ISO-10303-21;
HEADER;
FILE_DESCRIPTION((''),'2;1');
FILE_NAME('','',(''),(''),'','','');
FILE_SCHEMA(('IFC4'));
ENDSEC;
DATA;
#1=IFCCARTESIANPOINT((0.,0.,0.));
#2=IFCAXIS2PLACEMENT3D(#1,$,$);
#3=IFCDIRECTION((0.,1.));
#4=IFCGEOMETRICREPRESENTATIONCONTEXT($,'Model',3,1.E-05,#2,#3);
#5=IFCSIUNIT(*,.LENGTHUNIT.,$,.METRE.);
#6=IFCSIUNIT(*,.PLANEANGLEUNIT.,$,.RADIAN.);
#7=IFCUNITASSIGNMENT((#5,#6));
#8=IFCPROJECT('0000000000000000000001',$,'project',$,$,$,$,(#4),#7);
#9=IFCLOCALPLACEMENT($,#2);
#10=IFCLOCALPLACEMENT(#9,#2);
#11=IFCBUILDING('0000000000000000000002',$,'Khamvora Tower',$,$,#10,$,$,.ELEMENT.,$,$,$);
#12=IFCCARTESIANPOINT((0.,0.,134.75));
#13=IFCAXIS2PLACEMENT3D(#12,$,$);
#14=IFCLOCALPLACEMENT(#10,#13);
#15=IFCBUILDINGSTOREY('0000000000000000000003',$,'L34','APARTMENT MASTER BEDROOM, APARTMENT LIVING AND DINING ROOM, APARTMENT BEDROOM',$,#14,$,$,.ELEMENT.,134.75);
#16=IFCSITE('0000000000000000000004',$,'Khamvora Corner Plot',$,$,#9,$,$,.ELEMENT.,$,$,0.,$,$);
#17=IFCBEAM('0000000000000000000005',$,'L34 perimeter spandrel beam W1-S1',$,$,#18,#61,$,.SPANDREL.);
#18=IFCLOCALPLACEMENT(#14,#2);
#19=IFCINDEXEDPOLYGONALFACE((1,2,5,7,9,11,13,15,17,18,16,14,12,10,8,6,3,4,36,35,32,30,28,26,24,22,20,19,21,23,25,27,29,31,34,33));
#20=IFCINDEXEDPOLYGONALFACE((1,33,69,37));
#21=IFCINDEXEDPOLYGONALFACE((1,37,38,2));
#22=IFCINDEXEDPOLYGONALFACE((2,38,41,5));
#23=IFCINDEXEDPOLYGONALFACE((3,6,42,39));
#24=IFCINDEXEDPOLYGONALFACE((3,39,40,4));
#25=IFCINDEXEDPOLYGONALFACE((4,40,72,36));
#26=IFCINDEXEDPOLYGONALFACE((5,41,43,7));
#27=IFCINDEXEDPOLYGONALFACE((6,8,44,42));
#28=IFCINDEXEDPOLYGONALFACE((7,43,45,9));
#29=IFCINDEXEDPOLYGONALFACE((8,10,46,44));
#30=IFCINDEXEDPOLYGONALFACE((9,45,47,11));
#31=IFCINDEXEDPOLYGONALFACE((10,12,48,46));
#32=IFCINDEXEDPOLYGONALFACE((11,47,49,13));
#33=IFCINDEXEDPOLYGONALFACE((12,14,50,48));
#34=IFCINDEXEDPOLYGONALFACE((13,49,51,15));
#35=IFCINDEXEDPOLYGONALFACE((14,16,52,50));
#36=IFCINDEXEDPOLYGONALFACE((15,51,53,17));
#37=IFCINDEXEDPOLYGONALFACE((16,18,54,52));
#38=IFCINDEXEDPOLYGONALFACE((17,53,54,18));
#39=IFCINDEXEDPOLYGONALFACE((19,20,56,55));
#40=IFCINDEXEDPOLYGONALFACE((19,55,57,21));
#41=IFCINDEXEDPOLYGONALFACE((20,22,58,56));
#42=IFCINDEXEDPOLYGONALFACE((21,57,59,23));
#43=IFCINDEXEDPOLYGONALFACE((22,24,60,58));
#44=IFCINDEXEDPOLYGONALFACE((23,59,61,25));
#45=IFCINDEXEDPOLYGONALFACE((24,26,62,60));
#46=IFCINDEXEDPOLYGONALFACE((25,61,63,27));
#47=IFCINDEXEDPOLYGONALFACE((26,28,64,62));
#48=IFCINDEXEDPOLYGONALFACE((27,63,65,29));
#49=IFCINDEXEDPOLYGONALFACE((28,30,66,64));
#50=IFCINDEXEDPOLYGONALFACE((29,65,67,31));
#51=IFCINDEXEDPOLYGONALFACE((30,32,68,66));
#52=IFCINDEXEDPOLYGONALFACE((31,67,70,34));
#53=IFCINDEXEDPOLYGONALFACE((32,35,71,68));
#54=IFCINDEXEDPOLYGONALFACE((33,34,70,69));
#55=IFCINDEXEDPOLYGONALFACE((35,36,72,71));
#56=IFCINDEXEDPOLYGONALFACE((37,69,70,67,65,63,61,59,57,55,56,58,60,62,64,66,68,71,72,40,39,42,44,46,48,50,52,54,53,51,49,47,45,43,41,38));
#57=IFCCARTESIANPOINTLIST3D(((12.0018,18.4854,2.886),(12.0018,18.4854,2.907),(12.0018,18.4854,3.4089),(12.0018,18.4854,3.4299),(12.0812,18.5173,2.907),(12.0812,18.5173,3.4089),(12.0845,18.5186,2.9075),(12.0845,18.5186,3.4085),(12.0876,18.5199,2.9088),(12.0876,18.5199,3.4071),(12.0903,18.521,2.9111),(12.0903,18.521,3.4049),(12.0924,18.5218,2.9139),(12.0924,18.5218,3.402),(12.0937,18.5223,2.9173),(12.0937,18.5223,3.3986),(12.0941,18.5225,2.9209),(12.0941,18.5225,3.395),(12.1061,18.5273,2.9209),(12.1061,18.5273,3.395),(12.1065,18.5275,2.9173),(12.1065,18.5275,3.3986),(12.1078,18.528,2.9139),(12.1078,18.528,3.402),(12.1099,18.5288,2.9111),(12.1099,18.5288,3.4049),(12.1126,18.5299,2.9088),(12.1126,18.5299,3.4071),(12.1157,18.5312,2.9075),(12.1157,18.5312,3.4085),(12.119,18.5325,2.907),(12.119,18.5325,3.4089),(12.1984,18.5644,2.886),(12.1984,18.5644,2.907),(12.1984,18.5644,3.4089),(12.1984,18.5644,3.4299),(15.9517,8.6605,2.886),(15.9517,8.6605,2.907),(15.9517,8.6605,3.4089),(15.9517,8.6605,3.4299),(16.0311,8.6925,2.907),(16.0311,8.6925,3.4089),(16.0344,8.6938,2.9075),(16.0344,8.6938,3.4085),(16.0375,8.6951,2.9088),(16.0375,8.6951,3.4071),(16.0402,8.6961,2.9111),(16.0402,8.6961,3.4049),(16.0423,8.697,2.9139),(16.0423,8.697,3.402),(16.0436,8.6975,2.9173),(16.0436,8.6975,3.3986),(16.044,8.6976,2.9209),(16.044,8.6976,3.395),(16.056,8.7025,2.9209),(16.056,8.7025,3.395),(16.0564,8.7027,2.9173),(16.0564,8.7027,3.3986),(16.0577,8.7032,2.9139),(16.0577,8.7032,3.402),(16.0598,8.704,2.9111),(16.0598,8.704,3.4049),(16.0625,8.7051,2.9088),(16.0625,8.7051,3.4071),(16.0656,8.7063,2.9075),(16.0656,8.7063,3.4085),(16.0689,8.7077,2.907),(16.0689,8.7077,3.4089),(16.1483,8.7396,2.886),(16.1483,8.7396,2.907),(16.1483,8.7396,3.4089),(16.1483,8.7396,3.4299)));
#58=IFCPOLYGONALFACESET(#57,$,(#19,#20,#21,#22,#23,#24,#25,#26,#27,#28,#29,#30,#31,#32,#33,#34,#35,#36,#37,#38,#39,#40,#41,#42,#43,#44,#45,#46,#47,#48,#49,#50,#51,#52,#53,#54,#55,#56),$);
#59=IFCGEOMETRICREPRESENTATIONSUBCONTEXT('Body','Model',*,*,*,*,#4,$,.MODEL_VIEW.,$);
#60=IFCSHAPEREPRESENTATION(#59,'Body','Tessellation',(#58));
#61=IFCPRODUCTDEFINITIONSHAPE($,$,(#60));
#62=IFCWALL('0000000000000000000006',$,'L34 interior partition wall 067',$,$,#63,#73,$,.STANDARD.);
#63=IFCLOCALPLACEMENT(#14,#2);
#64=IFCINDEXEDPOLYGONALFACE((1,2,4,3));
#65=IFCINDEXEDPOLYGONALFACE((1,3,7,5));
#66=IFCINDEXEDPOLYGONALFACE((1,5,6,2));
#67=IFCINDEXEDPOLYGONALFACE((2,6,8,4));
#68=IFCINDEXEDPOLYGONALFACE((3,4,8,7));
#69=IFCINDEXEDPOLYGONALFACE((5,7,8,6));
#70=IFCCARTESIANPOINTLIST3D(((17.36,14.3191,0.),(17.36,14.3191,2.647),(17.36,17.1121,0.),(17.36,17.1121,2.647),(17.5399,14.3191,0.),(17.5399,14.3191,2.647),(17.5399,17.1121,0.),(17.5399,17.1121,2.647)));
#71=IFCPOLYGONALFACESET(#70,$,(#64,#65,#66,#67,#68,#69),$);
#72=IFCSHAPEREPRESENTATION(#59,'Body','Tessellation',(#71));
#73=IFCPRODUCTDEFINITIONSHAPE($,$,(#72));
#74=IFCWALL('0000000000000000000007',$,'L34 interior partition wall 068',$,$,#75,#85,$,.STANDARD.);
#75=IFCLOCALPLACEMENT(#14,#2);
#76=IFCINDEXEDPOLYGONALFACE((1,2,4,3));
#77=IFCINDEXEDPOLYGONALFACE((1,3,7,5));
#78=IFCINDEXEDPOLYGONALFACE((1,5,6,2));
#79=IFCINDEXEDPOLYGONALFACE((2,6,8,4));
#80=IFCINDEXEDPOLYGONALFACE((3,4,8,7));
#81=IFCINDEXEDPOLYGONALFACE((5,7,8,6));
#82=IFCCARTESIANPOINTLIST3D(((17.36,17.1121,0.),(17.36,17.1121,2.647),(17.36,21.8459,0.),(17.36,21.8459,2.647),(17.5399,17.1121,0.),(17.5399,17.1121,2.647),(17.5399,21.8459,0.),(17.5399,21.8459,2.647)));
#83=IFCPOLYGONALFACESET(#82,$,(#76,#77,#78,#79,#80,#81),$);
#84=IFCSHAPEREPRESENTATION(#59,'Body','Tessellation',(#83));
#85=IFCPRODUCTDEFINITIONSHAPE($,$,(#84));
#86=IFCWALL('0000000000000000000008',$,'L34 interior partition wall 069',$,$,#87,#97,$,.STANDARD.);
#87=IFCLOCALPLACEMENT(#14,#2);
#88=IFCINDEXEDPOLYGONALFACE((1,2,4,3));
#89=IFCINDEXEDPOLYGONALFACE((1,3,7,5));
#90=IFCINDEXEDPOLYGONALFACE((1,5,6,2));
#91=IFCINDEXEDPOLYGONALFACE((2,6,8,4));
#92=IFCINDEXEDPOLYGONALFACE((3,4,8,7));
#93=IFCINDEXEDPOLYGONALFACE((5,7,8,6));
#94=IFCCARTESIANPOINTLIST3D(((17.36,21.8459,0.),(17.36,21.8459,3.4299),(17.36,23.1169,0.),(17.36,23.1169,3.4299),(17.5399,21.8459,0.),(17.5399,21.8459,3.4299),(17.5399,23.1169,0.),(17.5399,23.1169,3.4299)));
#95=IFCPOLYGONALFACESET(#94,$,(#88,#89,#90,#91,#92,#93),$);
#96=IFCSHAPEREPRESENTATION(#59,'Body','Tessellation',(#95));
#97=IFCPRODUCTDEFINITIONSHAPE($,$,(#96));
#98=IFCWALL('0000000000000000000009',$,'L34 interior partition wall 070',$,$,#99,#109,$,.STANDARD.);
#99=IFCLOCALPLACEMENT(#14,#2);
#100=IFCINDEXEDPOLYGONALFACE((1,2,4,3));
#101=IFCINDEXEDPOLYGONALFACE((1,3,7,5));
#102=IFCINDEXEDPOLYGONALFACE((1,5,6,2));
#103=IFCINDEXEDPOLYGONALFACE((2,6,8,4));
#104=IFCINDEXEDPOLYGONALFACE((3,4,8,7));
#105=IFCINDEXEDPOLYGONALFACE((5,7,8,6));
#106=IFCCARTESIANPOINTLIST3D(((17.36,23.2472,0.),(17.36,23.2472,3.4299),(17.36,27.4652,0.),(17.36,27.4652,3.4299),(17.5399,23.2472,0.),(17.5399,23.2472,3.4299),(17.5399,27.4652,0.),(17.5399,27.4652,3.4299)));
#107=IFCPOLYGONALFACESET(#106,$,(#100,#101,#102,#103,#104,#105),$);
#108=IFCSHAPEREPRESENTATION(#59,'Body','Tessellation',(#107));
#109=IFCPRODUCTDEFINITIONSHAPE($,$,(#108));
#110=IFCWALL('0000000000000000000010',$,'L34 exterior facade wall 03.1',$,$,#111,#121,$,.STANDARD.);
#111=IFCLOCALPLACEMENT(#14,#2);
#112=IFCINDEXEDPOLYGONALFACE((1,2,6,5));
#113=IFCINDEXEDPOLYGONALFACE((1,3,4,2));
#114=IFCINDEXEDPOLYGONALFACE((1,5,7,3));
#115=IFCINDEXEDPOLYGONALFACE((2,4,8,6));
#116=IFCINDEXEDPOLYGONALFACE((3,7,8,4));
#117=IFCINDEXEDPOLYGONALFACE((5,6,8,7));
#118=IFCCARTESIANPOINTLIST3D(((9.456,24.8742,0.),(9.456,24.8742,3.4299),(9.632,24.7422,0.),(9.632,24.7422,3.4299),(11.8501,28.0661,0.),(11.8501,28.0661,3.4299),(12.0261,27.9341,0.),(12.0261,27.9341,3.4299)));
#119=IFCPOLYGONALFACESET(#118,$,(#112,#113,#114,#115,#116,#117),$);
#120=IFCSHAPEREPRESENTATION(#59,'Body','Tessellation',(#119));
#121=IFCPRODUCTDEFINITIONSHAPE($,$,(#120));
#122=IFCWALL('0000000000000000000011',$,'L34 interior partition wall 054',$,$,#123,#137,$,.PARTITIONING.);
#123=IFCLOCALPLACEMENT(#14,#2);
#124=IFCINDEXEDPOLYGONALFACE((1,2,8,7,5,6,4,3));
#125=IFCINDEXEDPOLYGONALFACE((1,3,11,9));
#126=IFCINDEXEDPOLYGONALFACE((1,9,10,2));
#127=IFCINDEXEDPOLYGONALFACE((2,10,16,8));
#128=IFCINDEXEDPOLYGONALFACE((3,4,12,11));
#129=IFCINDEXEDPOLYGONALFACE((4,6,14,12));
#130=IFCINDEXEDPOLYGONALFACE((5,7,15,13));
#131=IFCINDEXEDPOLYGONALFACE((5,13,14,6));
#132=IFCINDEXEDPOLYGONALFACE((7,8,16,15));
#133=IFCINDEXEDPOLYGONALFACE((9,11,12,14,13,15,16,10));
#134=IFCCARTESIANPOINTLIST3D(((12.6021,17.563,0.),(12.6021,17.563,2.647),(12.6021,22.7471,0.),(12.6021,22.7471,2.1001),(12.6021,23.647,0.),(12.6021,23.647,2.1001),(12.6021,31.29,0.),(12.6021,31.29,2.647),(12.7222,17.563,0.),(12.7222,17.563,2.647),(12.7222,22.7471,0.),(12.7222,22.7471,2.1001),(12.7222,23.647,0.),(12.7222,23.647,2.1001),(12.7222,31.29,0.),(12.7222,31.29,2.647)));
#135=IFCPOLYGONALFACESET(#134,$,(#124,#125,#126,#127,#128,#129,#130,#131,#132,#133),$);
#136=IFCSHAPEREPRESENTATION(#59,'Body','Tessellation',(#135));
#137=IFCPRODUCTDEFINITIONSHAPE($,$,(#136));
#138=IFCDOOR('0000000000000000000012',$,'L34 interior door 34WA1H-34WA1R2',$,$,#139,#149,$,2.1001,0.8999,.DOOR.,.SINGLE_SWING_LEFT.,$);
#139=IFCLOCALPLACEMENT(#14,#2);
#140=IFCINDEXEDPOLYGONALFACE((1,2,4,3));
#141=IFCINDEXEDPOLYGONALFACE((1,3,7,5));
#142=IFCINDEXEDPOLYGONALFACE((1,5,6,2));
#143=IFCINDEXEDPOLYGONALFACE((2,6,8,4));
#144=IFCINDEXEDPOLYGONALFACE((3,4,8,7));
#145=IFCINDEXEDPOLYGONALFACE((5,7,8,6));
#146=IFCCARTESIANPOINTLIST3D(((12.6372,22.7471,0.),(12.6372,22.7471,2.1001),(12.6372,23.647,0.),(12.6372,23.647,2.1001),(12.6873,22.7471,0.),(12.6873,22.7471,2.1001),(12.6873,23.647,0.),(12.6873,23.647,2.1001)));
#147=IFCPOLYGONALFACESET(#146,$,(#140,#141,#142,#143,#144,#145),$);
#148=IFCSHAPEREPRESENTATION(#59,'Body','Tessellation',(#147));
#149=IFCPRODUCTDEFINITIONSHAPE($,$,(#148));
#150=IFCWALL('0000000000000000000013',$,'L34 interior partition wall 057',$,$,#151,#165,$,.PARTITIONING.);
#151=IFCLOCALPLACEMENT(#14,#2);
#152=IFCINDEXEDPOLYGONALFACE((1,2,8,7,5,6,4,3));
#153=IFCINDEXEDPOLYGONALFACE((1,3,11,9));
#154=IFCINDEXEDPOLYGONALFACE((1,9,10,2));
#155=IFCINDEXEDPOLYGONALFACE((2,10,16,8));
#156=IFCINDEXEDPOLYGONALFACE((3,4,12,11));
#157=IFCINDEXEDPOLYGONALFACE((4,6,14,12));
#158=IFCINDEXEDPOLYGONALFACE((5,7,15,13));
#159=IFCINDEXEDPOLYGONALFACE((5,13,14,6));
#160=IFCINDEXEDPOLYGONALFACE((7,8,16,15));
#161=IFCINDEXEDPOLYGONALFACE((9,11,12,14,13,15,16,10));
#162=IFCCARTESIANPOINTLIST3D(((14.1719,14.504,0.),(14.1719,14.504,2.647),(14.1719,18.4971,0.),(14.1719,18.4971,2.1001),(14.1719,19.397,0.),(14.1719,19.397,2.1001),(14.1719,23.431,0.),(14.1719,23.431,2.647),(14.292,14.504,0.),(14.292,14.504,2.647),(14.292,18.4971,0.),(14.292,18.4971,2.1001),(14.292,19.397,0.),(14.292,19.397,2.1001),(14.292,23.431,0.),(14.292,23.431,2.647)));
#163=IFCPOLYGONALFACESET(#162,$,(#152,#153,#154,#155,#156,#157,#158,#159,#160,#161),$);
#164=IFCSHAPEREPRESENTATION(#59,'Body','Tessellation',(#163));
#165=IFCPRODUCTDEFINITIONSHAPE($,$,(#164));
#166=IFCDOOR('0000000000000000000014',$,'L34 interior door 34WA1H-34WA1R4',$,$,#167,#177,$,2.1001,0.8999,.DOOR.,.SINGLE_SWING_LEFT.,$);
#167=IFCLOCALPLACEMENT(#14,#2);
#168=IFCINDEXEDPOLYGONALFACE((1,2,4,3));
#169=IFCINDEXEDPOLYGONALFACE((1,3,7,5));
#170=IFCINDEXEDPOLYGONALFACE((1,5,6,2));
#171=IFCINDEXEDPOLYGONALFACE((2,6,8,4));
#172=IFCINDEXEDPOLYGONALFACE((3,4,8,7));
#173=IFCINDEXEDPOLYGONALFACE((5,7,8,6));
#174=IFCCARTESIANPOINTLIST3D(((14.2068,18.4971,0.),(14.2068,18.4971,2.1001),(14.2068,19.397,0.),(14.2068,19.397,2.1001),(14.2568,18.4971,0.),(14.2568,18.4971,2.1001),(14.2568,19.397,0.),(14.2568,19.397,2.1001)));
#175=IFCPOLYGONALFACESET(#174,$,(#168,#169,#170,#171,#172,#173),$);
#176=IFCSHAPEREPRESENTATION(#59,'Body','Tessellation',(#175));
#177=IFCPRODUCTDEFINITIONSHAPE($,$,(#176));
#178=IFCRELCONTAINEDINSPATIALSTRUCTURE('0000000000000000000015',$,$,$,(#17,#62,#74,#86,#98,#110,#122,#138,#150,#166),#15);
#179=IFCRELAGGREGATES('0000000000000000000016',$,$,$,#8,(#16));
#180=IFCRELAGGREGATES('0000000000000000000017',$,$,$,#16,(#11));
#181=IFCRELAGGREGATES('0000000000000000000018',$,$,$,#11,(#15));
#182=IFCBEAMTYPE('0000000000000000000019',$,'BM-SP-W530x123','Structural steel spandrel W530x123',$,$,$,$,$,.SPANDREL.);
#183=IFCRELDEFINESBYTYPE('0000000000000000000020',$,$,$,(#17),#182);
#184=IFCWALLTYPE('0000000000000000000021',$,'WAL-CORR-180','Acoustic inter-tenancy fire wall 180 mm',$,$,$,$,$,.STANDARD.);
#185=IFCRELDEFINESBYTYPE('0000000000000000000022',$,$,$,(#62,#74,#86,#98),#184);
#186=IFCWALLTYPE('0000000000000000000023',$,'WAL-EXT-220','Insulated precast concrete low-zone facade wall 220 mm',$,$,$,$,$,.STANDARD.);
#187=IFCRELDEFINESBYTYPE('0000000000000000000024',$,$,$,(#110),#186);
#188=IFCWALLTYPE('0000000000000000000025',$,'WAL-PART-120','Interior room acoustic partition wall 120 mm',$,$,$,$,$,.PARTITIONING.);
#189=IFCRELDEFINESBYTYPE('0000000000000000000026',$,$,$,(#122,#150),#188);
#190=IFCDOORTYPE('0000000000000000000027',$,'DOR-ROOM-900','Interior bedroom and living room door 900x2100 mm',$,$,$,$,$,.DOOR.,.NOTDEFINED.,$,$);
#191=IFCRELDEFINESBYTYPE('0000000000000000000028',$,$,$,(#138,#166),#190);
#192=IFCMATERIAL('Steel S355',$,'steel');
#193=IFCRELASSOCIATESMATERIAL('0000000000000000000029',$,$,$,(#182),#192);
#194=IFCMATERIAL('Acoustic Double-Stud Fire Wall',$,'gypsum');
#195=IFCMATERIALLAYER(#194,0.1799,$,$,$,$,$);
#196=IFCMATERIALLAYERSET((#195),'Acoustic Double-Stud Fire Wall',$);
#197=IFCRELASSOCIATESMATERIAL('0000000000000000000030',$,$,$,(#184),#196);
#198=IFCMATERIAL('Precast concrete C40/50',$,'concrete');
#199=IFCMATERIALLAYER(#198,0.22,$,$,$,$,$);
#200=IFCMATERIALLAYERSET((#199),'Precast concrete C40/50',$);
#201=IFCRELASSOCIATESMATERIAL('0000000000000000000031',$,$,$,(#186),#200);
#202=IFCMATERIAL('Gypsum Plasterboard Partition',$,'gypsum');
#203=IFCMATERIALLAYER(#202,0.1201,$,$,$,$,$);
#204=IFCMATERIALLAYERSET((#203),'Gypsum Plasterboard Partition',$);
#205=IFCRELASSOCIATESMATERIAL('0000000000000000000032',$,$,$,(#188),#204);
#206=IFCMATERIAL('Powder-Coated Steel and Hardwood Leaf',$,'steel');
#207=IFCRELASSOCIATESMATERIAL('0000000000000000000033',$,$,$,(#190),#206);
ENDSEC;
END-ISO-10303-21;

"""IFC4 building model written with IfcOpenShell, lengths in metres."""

from ifc_helpers import new_model, si_unit, direction, frame, frame_2d, origin, origin_2d, place, context, subcontext, project, spatial, rectangle, i_section, extrude, material, layer, layer_set, material_profile, profile_set, type_object, element, fill, save


model = new_model("IFC4")

# Units and contexts
model_context = context("Model", 3, precision=1e-05, world=origin(), true_north=direction((0.0, 1.0)))
body_context = subcontext(model_context, "Body", "Model", "MODEL_VIEW")
ifc_project = project(units=[si_unit("LENGTHUNIT", "METRE"), si_unit("PLANEANGLEUNIT", "RADIAN")], contexts=[model_context])

# Site, building, storey
site_placement = place(None, origin())
site = spatial("IfcSite", under=ifc_project, at=site_placement, Name="Khamvora Corner Plot", CompositionType="ELEMENT", RefElevation=0.0)
building_placement = place(site_placement, origin())
building = spatial("IfcBuilding", under=site, at=building_placement, Name="Khamvora Tower", CompositionType="ELEMENT")
storey_placement = place(building_placement, frame((0.0, 0.0, 134.75)))
storey = spatial("IfcBuildingStorey", under=building, at=storey_placement, Name="L34", Description="APARTMENT MASTER BEDROOM, APARTMENT LIVING AND DINING ROOM, APARTMENT BEDROOM", CompositionType="ELEMENT", Elevation=134.75)

# Shared definitions
ifc_material_1 = material(Name="Steel S355", Category="steel")

# Beam
ifc_material_profile_1 = material_profile(ifc_material_1, i_section(OverallWidth=0.2119, OverallDepth=0.5439, WebThickness=0.0129, FlangeThickness=0.021, FilletRadius=0.0139, at=origin_2d()), Name="W530x123")
ifc_profile_set_1 = profile_set([ifc_material_profile_1], Name="Steel S355")
beam_type_1 = type_object("IfcBeamType", Name="BM-SP-W530x123", Description="Structural steel spandrel W530x123", PredefinedType="SPANDREL", material=ifc_profile_set_1)
beam_1_placement = place(storey_placement, frame((12.1001, 18.5249, 3.158), z_axis=(0.373016, -0.927825, 0.0), x_axis=(0.927825, 0.373016, 0.0)))
element("IfcBeam", 1, at=beam_1_placement, inside=storey, type_object=beam_type_1, Name="L34 perimeter spandrel beam W1-S1", PredefinedType="SPANDREL", context=body_context, shape_type="SweptSolid", body=[
    extrude(i_section(OverallWidth=0.2119, OverallDepth=0.5439, WebThickness=0.0129, FlangeThickness=0.021, FilletRadius=0.0139, at=origin_2d()), origin(), (0.0, 0.0, 1.0), 10.5891),
])

# Walls
ifc_material_2 = material(Name="Acoustic Double-Stud Fire Wall", Category="gypsum")
ifc_layer_1 = layer(ifc_material_2, 0.1799)
ifc_layer_set_1 = layer_set([ifc_layer_1], Name="Acoustic Double-Stud Fire Wall")
wall_type_1 = type_object("IfcWallType", Name="WAL-CORR-180", Description="Acoustic inter-tenancy fire wall 180 mm", PredefinedType="STANDARD", material=ifc_layer_set_1)
wall_1_placement = place(storey_placement, frame((17.45, 17.1121, 0.0), z_axis=(0.0, 0.0, 1.0), x_axis=(0.0, -1.0, 0.0)))
element("IfcWall", 2, at=wall_1_placement, inside=storey, type_object=wall_type_1, Name="L34 interior partition wall 067", PredefinedType="STANDARD", context=body_context, shape_type="SweptSolid", body=[
    extrude(rectangle(XDim=2.793, YDim=0.1799, at=frame_2d((1.3965, 0.0))), origin(), (0.0, 0.0, 1.0), 2.647),
])
wall_2_placement = place(storey_placement, frame((17.45, 21.8459, 0.0), z_axis=(0.0, 0.0, 1.0), x_axis=(0.0, -1.0, 0.0)))
element("IfcWall", 3, at=wall_2_placement, inside=storey, type_object=wall_type_1, Name="L34 interior partition wall 068", PredefinedType="STANDARD", context=body_context, shape_type="SweptSolid", body=[
    extrude(rectangle(XDim=4.7339, YDim=0.1799, at=frame_2d((2.3669, 0.0))), origin(), (0.0, 0.0, 1.0), 2.647),
])
wall_3_placement = place(storey_placement, frame((17.45, 23.1169, 0.0), z_axis=(0.0, 0.0, 1.0), x_axis=(0.0, -1.0, 0.0)))
element("IfcWall", 4, at=wall_3_placement, inside=storey, type_object=wall_type_1, Name="L34 interior partition wall 069", PredefinedType="STANDARD", context=body_context, shape_type="SweptSolid", body=[
    extrude(rectangle(XDim=1.271, YDim=0.1799, at=frame_2d((0.6355, 0.0))), origin(), (0.0, 0.0, 1.0), 3.4299),
])
wall_4_placement = place(storey_placement, frame((17.45, 27.4651, 0.0), z_axis=(0.0, 0.0, 1.0), x_axis=(0.0, -1.0, 0.0)))
element("IfcWall", 5, at=wall_4_placement, inside=storey, type_object=wall_type_1, Name="L34 interior partition wall 070", PredefinedType="STANDARD", context=body_context, shape_type="SweptSolid", body=[
    extrude(rectangle(XDim=4.218, YDim=0.1799, at=frame_2d((2.1089, 0.0))), origin(), (0.0, 0.0, 1.0), 3.4299),
])
ifc_material_3 = material(Name="Precast concrete C40/50", Category="concrete")
ifc_layer_2 = layer(ifc_material_3, 0.22)
ifc_layer_set_2 = layer_set([ifc_layer_2], Name="Precast concrete C40/50")
wall_type_2 = type_object("IfcWallType", Name="WAL-EXT-220", Description="Insulated precast concrete low-zone facade wall 220 mm", PredefinedType="STANDARD", material=ifc_layer_set_2)
wall_5_placement = place(storey_placement, frame((9.5439, 24.8081, 0.0), z_axis=(0.0, 0.0, 1.0), x_axis=(0.60002, 0.799985, 0.0)))
element("IfcWall", 6, at=wall_5_placement, inside=storey, type_object=wall_type_2, Name="L34 exterior facade wall 03.1", PredefinedType="STANDARD", context=body_context, shape_type="SweptSolid", body=[
    extrude(rectangle(XDim=3.99, YDim=0.22, at=frame_2d((1.9951, 0.0))), origin(), (0.0, 0.0, 1.0), 3.4299),
])

# Walls, openings, doors
ifc_material_4 = material(Name="Gypsum Plasterboard Partition", Category="gypsum")
ifc_layer_3 = layer(ifc_material_4, 0.1201)
ifc_layer_set_3 = layer_set([ifc_layer_3], Name="Gypsum Plasterboard Partition")
wall_type_3 = type_object("IfcWallType", Name="WAL-PART-120", Description="Interior room acoustic partition wall 120 mm", PredefinedType="PARTITIONING", material=ifc_layer_set_3)
wall_6_placement = place(storey_placement, frame((12.6621, 17.563, 0.0), z_axis=(0.0, 0.0, 1.0), x_axis=(0.0, 1.0, 0.0)))
wall_6 = element("IfcWall", 7, at=wall_6_placement, inside=storey, type_object=wall_type_3, Name="L34 interior partition wall 054", PredefinedType="PARTITIONING", context=body_context, shape_type="SweptSolid", body=[
    extrude(rectangle(XDim=13.7271, YDim=0.1201, at=frame_2d((6.8635, 0.0))), origin(), (0.0, 0.0, 1.0), 2.647),
])
opening_1_placement = place(wall_6_placement, frame((5.1841, 0.0, 0.0)))
opening_1 = element("IfcOpeningElement", 8, at=opening_1_placement, cuts=wall_6, PredefinedType="OPENING", context=body_context, shape_type="SweptSolid", body=[
    extrude(rectangle(XDim=0.8999, YDim=2.1001, at=frame_2d((0.45, 1.05))), frame((0.0, 0.0701, 0.0), z_axis=(0.0, -1.0, 0.0), x_axis=(1.0, 0.0, 0.0)), (0.0, 0.0, 1.0), 0.1401),
])
ifc_material_5 = material(Name="Powder-Coated Steel and Hardwood Leaf", Category="steel")
door_type = type_object("IfcDoorType", Name="DOR-ROOM-900", Description="Interior bedroom and living room door 900x2100 mm", OperationType="NOTDEFINED", PredefinedType="DOOR", material=ifc_material_5)
door_1_placement = place(opening_1_placement, origin())
door_1 = element("IfcDoor", 9, at=door_1_placement, inside=storey, type_object=door_type, Name="L34 interior door 34WA1H-34WA1R2", OperationType="SINGLE_SWING_LEFT", OverallHeight=2.1001, OverallWidth=0.8999, PredefinedType="DOOR", context=body_context, shape_type="SweptSolid", body=[
    extrude(rectangle(XDim=0.8999, YDim=2.1001, at=frame_2d((0.45, 1.05))), frame((0.0, 0.0249, 0.0), z_axis=(0.0, -1.0, 0.0), x_axis=(1.0, 0.0, 0.0)), (0.0, 0.0, 1.0), 0.05),
])
fill(opening_1, door_1)
wall_7_placement = place(storey_placement, frame((14.2319, 23.4309, 0.0), z_axis=(0.0, 0.0, 1.0), x_axis=(0.0, -1.0, 0.0)))
wall_7 = element("IfcWall", 10, at=wall_7_placement, inside=storey, type_object=wall_type_3, Name="L34 interior partition wall 057", PredefinedType="PARTITIONING", context=body_context, shape_type="SweptSolid", body=[
    extrude(rectangle(XDim=8.927, YDim=0.1201, at=frame_2d((4.4634, 0.0))), origin(), (0.0, 0.0, 1.0), 2.647),
])
opening_2_placement = place(wall_7_placement, frame((4.0339, 0.0, 0.0)))
opening_2 = element("IfcOpeningElement", 11, at=opening_2_placement, cuts=wall_7, PredefinedType="OPENING", context=body_context, shape_type="SweptSolid", body=[
    extrude(rectangle(XDim=0.8999, YDim=2.1001, at=frame_2d((0.45, 1.05))), frame((0.0, 0.0701, 0.0), z_axis=(0.0, -1.0, 0.0), x_axis=(1.0, 0.0, 0.0)), (0.0, 0.0, 1.0), 0.1401),
])
door_2_placement = place(opening_2_placement, origin())
door_2 = element("IfcDoor", 12, at=door_2_placement, inside=storey, type_object=door_type, Name="L34 interior door 34WA1H-34WA1R4", OperationType="SINGLE_SWING_LEFT", OverallHeight=2.1001, OverallWidth=0.8999, PredefinedType="DOOR", context=body_context, shape_type="SweptSolid", body=[
    extrude(rectangle(XDim=0.8999, YDim=2.1001, at=frame_2d((0.45, 1.05))), frame((0.0, 0.0249, 0.0), z_axis=(0.0, -1.0, 0.0), x_axis=(1.0, 0.0, 0.0)), (0.0, 0.0, 1.0), 0.05),
])
fill(opening_2, door_2)

save(model, "model.ifc")
